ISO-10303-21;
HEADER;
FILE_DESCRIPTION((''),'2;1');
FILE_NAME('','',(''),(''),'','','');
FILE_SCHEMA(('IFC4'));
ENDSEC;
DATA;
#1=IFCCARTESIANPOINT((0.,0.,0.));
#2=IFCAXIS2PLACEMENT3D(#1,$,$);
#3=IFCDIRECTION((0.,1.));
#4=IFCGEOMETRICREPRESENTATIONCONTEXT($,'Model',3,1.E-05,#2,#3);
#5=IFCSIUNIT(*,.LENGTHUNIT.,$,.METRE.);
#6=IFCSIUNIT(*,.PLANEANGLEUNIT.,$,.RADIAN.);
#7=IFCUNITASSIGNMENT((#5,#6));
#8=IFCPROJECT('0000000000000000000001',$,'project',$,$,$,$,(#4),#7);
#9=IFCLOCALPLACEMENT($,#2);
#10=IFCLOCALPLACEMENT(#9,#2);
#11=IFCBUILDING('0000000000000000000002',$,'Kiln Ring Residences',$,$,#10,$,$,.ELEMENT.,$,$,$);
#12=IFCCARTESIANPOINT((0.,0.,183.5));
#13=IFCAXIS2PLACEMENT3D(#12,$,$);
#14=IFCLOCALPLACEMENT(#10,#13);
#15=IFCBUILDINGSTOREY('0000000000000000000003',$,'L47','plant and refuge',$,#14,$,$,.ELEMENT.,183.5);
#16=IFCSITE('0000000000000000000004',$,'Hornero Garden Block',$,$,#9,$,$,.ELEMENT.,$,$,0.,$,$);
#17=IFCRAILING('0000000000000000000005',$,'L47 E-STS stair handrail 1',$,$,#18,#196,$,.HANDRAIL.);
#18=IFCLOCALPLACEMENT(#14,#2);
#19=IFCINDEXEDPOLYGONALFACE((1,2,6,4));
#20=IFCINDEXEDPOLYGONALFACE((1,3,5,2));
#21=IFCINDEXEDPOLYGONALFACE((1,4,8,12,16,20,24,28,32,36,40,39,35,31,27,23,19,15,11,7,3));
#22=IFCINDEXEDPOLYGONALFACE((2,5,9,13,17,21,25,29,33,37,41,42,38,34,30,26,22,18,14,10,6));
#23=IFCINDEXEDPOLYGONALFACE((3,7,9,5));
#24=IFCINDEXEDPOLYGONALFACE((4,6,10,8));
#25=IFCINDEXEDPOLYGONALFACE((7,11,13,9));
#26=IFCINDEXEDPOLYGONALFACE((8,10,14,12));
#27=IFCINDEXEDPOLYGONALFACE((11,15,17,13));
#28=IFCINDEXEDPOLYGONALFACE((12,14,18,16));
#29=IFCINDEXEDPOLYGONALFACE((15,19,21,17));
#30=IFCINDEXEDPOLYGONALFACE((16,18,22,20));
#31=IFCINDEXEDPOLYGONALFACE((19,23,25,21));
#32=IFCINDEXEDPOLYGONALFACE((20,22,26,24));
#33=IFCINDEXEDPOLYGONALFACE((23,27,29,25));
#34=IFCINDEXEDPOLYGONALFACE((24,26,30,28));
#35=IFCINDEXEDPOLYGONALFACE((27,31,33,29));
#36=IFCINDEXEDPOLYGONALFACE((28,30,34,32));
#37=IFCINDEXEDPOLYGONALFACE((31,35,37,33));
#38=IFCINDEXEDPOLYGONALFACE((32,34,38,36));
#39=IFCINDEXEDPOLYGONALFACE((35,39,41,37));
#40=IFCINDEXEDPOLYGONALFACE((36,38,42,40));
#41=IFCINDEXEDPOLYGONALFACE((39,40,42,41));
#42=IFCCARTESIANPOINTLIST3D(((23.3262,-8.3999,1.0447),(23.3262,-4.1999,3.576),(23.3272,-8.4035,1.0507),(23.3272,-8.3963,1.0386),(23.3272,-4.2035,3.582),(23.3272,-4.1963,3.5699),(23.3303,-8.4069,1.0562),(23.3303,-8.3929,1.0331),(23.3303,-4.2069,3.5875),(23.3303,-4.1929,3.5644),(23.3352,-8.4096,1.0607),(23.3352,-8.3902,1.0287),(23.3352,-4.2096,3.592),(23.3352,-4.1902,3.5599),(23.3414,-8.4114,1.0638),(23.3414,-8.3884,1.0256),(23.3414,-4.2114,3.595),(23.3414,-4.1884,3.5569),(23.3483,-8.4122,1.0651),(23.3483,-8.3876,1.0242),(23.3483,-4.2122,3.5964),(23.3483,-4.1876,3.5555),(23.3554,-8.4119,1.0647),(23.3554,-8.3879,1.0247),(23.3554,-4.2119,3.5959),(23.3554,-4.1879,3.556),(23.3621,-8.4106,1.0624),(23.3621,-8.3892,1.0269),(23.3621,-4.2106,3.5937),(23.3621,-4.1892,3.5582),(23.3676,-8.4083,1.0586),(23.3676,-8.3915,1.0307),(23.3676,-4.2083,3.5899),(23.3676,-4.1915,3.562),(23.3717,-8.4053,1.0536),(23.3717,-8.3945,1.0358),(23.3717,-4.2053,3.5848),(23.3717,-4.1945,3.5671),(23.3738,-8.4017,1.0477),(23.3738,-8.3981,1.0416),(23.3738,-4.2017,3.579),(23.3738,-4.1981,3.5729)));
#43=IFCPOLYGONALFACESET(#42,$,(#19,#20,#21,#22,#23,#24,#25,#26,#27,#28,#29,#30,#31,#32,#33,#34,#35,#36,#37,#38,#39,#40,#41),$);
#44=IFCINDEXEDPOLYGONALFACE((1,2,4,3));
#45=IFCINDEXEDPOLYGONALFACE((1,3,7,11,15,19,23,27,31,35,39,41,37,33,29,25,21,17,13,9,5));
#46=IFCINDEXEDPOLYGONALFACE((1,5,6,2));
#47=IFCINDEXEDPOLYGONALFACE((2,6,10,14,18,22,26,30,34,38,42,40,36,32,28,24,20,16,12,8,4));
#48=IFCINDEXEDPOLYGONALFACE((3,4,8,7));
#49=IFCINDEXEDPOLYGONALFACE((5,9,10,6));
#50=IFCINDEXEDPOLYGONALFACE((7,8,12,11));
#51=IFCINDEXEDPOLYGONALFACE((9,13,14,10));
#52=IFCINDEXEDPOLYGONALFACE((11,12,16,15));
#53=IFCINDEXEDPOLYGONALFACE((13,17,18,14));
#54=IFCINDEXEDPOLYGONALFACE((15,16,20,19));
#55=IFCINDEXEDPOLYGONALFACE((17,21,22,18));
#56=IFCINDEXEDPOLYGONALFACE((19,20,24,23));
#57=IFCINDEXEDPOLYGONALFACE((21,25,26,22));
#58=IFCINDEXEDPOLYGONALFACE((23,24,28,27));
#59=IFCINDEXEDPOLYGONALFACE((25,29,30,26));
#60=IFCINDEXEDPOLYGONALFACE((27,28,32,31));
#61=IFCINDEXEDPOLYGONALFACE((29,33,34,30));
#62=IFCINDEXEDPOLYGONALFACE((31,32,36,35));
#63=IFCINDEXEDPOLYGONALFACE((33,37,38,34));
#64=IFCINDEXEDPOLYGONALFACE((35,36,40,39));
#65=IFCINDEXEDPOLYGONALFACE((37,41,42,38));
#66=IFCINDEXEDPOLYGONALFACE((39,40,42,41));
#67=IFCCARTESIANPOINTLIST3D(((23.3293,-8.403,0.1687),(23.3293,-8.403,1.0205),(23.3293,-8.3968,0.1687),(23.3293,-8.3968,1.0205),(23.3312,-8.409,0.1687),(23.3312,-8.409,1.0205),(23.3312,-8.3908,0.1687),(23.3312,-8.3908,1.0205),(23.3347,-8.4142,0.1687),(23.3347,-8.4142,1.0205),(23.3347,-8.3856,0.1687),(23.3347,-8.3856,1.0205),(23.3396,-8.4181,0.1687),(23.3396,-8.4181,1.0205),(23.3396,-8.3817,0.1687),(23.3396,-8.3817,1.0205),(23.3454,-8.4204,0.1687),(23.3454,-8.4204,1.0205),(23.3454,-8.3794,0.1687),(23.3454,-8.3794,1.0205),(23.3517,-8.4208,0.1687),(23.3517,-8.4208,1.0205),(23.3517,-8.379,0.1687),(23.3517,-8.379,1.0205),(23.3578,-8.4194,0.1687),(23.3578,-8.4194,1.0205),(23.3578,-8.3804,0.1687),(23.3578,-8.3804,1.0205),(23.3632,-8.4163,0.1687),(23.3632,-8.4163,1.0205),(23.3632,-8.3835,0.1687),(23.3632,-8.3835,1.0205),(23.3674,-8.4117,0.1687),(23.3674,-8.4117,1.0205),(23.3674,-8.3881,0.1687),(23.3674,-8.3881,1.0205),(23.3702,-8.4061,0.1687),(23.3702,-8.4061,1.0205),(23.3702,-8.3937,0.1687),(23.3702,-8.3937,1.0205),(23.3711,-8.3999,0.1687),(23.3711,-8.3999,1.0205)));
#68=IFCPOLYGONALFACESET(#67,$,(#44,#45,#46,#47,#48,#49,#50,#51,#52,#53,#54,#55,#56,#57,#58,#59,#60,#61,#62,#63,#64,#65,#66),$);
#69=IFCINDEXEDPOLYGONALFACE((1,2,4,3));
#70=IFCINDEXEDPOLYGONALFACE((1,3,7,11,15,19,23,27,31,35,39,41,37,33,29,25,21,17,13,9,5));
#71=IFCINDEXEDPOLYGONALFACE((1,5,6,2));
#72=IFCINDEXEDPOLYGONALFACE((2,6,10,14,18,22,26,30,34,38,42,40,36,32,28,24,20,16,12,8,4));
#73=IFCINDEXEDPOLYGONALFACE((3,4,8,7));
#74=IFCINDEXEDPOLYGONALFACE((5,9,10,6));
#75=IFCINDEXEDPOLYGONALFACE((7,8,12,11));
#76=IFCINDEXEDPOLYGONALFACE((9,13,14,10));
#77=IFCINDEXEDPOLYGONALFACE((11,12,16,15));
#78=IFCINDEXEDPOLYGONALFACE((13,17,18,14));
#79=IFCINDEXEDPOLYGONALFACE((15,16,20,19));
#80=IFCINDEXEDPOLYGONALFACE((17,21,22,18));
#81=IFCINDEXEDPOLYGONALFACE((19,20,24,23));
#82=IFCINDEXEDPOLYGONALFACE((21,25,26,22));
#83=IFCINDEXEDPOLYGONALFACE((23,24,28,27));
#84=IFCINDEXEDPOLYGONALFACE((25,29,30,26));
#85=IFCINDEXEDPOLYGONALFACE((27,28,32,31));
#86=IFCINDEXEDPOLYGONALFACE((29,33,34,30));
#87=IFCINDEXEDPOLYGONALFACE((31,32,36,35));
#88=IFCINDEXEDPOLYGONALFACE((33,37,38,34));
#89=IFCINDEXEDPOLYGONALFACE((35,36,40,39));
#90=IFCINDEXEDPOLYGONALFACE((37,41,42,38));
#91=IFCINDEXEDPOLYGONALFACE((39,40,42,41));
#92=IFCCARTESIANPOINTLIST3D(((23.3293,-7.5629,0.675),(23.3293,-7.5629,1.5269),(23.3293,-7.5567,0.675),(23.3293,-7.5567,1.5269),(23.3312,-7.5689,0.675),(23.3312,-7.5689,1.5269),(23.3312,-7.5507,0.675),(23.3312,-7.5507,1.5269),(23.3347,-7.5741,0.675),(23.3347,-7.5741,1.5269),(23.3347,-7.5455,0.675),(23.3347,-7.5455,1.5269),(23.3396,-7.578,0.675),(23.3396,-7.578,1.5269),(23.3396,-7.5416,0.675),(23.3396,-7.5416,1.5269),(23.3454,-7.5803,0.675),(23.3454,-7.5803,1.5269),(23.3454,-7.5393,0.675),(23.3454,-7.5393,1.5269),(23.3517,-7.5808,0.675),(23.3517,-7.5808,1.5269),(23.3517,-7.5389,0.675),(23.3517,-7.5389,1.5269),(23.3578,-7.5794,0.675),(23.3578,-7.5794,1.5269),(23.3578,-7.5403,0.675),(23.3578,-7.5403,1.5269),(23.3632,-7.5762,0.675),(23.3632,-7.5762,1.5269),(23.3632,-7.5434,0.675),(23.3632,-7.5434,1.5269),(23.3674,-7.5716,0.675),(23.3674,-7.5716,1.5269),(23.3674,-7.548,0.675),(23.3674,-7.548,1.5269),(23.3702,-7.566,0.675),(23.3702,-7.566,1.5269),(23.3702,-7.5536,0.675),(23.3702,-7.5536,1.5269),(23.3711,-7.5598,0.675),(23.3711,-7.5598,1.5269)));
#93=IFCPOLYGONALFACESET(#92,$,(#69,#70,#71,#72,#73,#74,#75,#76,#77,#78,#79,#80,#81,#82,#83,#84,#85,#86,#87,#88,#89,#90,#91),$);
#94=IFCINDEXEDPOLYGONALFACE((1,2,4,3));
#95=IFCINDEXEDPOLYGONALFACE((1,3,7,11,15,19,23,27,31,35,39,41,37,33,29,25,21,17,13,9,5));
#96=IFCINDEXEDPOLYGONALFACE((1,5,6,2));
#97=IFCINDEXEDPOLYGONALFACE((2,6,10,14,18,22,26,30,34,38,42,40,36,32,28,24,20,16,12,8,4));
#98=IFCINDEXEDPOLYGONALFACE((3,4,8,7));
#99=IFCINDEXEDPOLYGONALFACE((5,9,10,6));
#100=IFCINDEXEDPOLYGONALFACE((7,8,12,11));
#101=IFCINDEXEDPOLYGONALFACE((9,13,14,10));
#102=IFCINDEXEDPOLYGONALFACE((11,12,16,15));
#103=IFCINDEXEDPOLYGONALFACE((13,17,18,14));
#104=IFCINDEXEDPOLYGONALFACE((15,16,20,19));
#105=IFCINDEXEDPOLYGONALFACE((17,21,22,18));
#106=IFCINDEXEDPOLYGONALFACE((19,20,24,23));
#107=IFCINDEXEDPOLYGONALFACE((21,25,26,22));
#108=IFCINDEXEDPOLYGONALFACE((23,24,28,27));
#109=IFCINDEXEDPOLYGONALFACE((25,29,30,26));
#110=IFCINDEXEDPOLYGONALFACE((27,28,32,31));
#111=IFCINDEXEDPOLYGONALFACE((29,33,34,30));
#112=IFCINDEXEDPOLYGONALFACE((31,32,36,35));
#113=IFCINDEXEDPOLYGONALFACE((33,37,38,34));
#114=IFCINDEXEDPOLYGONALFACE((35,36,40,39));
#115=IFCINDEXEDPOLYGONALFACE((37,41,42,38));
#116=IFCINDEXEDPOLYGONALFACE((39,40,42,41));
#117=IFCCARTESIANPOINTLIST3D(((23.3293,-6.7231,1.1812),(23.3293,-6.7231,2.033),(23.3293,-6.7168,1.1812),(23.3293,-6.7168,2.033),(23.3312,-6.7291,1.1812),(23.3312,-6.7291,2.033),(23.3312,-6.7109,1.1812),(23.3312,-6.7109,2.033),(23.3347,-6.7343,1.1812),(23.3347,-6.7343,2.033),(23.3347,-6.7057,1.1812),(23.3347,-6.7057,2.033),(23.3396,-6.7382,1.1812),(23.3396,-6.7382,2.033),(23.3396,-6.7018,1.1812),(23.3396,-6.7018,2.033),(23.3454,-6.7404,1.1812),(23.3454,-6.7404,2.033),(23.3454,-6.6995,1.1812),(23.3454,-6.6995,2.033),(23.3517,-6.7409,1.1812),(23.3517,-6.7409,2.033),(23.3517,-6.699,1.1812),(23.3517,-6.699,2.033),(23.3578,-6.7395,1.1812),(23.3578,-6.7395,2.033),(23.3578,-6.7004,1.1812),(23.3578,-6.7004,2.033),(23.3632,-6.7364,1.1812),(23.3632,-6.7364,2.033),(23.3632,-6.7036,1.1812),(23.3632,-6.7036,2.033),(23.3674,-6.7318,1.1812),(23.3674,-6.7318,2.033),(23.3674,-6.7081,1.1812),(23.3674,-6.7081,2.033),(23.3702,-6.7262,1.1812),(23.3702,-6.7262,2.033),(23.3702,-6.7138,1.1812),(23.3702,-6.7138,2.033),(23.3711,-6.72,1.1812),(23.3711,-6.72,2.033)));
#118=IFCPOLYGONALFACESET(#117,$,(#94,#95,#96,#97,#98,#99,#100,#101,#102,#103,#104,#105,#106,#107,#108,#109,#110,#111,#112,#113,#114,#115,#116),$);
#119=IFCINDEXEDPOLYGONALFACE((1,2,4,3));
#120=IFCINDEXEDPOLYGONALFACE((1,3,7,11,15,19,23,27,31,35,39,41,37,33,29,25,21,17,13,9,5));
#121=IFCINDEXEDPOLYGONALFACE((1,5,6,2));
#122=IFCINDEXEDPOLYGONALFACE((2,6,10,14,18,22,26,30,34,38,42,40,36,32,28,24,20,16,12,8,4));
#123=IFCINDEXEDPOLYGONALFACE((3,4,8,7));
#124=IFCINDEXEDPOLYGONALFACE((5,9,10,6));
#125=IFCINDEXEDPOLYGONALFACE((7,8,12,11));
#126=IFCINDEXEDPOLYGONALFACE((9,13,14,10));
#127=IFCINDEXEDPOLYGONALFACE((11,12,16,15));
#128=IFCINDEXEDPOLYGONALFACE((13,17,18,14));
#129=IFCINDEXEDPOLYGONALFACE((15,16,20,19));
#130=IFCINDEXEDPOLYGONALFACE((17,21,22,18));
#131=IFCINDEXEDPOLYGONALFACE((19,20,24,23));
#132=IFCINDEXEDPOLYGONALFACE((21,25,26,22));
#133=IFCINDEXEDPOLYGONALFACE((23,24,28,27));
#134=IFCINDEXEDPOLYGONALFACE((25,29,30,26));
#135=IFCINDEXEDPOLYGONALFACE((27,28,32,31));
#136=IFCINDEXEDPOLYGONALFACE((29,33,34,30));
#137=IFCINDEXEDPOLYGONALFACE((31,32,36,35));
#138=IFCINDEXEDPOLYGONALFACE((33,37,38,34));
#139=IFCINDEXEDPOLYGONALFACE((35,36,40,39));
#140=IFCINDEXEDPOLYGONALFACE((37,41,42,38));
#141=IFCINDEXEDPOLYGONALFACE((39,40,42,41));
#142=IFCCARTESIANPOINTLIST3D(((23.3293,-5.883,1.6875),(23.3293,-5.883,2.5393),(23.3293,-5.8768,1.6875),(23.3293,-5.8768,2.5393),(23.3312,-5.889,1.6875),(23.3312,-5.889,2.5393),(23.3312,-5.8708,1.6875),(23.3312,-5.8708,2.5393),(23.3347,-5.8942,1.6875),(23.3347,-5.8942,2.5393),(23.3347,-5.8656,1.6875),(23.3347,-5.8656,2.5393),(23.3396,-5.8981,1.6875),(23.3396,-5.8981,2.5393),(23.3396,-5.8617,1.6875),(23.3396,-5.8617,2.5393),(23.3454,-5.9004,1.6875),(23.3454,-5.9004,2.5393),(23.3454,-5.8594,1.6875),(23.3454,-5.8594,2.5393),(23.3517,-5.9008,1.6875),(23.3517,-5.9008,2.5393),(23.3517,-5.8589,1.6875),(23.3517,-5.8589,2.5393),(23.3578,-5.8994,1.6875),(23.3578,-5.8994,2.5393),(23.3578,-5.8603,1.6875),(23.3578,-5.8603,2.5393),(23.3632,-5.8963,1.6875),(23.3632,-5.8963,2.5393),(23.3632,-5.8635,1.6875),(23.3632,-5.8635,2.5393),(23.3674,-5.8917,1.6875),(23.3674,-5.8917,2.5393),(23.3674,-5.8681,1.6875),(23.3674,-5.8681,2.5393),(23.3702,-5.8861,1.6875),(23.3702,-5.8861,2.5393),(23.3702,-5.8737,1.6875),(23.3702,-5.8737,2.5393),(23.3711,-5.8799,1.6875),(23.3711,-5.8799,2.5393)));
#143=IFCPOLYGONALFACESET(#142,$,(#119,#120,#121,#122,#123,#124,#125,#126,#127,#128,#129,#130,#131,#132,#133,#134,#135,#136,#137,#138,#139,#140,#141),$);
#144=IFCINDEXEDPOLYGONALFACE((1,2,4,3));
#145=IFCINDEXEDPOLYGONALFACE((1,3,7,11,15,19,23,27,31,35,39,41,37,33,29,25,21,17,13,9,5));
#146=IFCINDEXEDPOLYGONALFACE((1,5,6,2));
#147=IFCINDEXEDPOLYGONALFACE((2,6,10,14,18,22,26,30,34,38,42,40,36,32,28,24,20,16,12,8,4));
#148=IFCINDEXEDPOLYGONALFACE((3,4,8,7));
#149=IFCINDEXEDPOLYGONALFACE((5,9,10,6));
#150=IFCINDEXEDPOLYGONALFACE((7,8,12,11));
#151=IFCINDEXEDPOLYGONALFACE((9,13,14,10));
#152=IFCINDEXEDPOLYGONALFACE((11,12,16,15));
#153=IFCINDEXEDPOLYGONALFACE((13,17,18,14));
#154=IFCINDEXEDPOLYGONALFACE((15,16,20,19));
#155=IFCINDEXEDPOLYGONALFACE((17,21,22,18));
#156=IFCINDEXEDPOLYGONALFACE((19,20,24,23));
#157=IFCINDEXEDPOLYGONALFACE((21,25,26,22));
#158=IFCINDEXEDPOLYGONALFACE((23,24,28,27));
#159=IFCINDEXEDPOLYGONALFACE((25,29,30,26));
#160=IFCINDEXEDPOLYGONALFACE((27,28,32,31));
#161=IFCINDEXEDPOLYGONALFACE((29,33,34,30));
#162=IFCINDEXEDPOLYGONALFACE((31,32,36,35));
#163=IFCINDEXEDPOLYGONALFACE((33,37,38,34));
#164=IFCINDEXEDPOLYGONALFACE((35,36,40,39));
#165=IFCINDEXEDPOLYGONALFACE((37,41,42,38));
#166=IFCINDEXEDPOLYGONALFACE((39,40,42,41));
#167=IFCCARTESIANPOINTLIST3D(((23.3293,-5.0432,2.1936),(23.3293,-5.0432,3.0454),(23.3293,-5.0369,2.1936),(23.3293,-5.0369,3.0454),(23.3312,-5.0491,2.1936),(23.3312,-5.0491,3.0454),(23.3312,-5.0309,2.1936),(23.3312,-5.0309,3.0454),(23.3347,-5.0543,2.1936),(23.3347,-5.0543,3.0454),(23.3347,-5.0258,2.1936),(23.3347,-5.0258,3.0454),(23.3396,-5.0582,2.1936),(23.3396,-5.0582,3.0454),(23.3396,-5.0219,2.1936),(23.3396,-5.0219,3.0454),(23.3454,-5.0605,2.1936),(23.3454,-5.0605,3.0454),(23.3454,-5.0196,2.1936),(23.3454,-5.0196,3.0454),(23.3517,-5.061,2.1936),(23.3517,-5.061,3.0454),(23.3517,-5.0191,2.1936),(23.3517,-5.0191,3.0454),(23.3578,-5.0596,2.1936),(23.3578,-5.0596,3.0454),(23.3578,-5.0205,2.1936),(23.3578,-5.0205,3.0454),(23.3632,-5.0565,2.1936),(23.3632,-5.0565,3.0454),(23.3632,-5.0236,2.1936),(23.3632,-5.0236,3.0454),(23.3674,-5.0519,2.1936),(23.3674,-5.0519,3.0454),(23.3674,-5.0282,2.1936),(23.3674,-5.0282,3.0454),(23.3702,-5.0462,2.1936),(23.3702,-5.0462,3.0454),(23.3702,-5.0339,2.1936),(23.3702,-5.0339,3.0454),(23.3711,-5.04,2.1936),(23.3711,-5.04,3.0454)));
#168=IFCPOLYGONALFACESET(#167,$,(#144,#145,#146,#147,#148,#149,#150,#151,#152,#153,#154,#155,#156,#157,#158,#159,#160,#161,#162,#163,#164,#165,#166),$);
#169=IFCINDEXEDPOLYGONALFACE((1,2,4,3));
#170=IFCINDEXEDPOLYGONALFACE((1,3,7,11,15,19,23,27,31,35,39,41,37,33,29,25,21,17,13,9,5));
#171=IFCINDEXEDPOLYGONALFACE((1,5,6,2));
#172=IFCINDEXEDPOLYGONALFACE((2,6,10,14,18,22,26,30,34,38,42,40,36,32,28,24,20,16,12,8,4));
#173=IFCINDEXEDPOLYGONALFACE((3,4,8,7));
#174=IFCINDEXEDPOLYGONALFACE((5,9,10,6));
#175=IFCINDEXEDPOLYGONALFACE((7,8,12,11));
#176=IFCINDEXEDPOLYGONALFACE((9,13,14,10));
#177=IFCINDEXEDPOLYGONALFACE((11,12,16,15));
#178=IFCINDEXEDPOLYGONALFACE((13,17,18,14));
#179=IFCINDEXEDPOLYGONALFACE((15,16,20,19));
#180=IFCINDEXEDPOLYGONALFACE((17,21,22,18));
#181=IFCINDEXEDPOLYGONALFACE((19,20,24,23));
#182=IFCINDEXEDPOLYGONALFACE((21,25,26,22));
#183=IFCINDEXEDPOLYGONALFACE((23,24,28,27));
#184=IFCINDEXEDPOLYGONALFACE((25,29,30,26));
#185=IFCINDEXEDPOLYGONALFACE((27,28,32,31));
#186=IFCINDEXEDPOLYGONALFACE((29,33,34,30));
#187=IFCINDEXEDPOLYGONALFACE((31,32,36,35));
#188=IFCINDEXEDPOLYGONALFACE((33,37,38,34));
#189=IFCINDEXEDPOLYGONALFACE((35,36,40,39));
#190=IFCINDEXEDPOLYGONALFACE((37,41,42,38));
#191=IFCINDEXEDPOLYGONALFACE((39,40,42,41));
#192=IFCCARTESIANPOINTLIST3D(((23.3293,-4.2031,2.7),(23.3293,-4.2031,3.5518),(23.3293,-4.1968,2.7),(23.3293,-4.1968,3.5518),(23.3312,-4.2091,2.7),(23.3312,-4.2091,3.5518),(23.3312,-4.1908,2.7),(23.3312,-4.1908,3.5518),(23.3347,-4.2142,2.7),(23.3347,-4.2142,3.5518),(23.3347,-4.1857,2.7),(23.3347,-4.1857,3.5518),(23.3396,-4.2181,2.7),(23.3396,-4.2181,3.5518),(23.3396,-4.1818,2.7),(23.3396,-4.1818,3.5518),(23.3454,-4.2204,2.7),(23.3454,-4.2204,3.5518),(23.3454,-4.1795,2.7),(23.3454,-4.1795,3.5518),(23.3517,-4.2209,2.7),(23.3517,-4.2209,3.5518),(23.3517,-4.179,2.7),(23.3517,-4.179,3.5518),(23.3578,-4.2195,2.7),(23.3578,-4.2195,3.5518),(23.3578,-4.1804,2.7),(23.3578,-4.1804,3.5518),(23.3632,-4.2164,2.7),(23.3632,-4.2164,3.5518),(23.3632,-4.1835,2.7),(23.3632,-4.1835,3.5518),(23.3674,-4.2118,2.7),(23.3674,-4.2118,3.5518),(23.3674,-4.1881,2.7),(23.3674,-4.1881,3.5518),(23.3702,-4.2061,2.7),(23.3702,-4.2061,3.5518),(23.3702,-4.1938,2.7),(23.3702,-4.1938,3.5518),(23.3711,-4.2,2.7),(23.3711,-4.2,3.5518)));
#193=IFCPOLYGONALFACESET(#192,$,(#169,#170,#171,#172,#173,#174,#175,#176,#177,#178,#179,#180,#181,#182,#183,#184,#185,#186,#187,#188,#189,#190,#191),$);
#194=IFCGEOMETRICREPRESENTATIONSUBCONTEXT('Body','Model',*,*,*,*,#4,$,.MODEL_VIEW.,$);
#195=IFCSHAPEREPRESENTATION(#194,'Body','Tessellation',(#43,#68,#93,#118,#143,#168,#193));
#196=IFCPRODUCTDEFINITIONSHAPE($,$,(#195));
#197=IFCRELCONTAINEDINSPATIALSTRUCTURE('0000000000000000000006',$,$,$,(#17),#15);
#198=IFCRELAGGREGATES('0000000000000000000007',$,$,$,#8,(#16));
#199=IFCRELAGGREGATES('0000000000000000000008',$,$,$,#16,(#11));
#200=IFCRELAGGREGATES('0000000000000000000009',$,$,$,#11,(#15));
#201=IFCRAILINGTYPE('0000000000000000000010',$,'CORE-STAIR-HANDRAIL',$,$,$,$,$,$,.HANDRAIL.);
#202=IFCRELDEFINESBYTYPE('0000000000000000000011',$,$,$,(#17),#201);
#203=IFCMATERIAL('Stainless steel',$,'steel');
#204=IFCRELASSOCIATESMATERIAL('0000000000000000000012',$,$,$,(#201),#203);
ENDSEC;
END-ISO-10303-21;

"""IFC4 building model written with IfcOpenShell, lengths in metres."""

from ifc_helpers import new_model, si_unit, direction, frame, origin, origin_2d, place, context, subcontext, project, spatial, circle, extrude, material, type_object, element, save


model = new_model("IFC4")

# Units and contexts
model_context = context("Model", 3, precision=1e-05, world=origin(), true_north=direction((0.0, 1.0)))
body_context = subcontext(model_context, "Body", "Model", "MODEL_VIEW")
ifc_project = project(units=[si_unit("LENGTHUNIT", "METRE"), si_unit("PLANEANGLEUNIT", "RADIAN")], contexts=[model_context])

# Site, building, storey
site_placement = place(None, origin())
site = spatial("IfcSite", under=ifc_project, at=site_placement, Name="Hornero Garden Block", CompositionType="ELEMENT", RefElevation=0.0)
building_placement = place(site_placement, origin())
building = spatial("IfcBuilding", under=site, at=building_placement, Name="Kiln Ring Residences", CompositionType="ELEMENT")
storey_placement = place(building_placement, frame((0.0, 0.0, 183.5)))
storey = spatial("IfcBuildingStorey", under=building, at=storey_placement, Name="L47", Description="plant and refuge", CompositionType="ELEMENT", Elevation=183.5)

# Railing
ifc_material_1 = material(Name="Stainless steel", Category="steel")
railing_type_1 = type_object("IfcRailingType", Name="CORE-STAIR-HANDRAIL", PredefinedType="HANDRAIL", material=ifc_material_1)
railing_1_placement = place(storey_placement, frame((23.3501, -8.3999, 0.1687)))
element("IfcRailing", 1, at=railing_1_placement, inside=storey, type_object=railing_type_1, Name="L47 E-STS stair handrail 1", PredefinedType="HANDRAIL", context=body_context, shape_type="SweptSolid", body=[
    extrude(circle(Radius=0.0239, at=origin_2d()), frame((0.0, 0.0, 0.876), z_axis=(0.0, 0.856476, 0.516186), x_axis=(-1.0, 0.0, 0.0)), (0.0, 0.0, 1.0), 4.9038),
    extrude(circle(Radius=0.021, at=origin_2d()), origin(), (0.0, 0.0, 1.0), 0.8518),
    extrude(circle(Radius=0.021, at=origin_2d()), frame((0.0, 0.8401, 0.5063)), (0.0, 0.0, 1.0), 0.8518),
    extrude(circle(Radius=0.021, at=origin_2d()), frame((0.0, 1.6799, 1.0125)), (0.0, 0.0, 1.0), 0.8518),
    extrude(circle(Radius=0.021, at=origin_2d()), frame((0.0, 2.52, 1.5188)), (0.0, 0.0, 1.0), 0.8518),
    extrude(circle(Radius=0.021, at=origin_2d()), frame((0.0, 3.3599, 2.0249)), (0.0, 0.0, 1.0), 0.8518),
    extrude(circle(Radius=0.021, at=origin_2d()), frame((0.0, 4.2, 2.5312)), (0.0, 0.0, 1.0), 0.8518),
])

save(model, "model.ifc")
